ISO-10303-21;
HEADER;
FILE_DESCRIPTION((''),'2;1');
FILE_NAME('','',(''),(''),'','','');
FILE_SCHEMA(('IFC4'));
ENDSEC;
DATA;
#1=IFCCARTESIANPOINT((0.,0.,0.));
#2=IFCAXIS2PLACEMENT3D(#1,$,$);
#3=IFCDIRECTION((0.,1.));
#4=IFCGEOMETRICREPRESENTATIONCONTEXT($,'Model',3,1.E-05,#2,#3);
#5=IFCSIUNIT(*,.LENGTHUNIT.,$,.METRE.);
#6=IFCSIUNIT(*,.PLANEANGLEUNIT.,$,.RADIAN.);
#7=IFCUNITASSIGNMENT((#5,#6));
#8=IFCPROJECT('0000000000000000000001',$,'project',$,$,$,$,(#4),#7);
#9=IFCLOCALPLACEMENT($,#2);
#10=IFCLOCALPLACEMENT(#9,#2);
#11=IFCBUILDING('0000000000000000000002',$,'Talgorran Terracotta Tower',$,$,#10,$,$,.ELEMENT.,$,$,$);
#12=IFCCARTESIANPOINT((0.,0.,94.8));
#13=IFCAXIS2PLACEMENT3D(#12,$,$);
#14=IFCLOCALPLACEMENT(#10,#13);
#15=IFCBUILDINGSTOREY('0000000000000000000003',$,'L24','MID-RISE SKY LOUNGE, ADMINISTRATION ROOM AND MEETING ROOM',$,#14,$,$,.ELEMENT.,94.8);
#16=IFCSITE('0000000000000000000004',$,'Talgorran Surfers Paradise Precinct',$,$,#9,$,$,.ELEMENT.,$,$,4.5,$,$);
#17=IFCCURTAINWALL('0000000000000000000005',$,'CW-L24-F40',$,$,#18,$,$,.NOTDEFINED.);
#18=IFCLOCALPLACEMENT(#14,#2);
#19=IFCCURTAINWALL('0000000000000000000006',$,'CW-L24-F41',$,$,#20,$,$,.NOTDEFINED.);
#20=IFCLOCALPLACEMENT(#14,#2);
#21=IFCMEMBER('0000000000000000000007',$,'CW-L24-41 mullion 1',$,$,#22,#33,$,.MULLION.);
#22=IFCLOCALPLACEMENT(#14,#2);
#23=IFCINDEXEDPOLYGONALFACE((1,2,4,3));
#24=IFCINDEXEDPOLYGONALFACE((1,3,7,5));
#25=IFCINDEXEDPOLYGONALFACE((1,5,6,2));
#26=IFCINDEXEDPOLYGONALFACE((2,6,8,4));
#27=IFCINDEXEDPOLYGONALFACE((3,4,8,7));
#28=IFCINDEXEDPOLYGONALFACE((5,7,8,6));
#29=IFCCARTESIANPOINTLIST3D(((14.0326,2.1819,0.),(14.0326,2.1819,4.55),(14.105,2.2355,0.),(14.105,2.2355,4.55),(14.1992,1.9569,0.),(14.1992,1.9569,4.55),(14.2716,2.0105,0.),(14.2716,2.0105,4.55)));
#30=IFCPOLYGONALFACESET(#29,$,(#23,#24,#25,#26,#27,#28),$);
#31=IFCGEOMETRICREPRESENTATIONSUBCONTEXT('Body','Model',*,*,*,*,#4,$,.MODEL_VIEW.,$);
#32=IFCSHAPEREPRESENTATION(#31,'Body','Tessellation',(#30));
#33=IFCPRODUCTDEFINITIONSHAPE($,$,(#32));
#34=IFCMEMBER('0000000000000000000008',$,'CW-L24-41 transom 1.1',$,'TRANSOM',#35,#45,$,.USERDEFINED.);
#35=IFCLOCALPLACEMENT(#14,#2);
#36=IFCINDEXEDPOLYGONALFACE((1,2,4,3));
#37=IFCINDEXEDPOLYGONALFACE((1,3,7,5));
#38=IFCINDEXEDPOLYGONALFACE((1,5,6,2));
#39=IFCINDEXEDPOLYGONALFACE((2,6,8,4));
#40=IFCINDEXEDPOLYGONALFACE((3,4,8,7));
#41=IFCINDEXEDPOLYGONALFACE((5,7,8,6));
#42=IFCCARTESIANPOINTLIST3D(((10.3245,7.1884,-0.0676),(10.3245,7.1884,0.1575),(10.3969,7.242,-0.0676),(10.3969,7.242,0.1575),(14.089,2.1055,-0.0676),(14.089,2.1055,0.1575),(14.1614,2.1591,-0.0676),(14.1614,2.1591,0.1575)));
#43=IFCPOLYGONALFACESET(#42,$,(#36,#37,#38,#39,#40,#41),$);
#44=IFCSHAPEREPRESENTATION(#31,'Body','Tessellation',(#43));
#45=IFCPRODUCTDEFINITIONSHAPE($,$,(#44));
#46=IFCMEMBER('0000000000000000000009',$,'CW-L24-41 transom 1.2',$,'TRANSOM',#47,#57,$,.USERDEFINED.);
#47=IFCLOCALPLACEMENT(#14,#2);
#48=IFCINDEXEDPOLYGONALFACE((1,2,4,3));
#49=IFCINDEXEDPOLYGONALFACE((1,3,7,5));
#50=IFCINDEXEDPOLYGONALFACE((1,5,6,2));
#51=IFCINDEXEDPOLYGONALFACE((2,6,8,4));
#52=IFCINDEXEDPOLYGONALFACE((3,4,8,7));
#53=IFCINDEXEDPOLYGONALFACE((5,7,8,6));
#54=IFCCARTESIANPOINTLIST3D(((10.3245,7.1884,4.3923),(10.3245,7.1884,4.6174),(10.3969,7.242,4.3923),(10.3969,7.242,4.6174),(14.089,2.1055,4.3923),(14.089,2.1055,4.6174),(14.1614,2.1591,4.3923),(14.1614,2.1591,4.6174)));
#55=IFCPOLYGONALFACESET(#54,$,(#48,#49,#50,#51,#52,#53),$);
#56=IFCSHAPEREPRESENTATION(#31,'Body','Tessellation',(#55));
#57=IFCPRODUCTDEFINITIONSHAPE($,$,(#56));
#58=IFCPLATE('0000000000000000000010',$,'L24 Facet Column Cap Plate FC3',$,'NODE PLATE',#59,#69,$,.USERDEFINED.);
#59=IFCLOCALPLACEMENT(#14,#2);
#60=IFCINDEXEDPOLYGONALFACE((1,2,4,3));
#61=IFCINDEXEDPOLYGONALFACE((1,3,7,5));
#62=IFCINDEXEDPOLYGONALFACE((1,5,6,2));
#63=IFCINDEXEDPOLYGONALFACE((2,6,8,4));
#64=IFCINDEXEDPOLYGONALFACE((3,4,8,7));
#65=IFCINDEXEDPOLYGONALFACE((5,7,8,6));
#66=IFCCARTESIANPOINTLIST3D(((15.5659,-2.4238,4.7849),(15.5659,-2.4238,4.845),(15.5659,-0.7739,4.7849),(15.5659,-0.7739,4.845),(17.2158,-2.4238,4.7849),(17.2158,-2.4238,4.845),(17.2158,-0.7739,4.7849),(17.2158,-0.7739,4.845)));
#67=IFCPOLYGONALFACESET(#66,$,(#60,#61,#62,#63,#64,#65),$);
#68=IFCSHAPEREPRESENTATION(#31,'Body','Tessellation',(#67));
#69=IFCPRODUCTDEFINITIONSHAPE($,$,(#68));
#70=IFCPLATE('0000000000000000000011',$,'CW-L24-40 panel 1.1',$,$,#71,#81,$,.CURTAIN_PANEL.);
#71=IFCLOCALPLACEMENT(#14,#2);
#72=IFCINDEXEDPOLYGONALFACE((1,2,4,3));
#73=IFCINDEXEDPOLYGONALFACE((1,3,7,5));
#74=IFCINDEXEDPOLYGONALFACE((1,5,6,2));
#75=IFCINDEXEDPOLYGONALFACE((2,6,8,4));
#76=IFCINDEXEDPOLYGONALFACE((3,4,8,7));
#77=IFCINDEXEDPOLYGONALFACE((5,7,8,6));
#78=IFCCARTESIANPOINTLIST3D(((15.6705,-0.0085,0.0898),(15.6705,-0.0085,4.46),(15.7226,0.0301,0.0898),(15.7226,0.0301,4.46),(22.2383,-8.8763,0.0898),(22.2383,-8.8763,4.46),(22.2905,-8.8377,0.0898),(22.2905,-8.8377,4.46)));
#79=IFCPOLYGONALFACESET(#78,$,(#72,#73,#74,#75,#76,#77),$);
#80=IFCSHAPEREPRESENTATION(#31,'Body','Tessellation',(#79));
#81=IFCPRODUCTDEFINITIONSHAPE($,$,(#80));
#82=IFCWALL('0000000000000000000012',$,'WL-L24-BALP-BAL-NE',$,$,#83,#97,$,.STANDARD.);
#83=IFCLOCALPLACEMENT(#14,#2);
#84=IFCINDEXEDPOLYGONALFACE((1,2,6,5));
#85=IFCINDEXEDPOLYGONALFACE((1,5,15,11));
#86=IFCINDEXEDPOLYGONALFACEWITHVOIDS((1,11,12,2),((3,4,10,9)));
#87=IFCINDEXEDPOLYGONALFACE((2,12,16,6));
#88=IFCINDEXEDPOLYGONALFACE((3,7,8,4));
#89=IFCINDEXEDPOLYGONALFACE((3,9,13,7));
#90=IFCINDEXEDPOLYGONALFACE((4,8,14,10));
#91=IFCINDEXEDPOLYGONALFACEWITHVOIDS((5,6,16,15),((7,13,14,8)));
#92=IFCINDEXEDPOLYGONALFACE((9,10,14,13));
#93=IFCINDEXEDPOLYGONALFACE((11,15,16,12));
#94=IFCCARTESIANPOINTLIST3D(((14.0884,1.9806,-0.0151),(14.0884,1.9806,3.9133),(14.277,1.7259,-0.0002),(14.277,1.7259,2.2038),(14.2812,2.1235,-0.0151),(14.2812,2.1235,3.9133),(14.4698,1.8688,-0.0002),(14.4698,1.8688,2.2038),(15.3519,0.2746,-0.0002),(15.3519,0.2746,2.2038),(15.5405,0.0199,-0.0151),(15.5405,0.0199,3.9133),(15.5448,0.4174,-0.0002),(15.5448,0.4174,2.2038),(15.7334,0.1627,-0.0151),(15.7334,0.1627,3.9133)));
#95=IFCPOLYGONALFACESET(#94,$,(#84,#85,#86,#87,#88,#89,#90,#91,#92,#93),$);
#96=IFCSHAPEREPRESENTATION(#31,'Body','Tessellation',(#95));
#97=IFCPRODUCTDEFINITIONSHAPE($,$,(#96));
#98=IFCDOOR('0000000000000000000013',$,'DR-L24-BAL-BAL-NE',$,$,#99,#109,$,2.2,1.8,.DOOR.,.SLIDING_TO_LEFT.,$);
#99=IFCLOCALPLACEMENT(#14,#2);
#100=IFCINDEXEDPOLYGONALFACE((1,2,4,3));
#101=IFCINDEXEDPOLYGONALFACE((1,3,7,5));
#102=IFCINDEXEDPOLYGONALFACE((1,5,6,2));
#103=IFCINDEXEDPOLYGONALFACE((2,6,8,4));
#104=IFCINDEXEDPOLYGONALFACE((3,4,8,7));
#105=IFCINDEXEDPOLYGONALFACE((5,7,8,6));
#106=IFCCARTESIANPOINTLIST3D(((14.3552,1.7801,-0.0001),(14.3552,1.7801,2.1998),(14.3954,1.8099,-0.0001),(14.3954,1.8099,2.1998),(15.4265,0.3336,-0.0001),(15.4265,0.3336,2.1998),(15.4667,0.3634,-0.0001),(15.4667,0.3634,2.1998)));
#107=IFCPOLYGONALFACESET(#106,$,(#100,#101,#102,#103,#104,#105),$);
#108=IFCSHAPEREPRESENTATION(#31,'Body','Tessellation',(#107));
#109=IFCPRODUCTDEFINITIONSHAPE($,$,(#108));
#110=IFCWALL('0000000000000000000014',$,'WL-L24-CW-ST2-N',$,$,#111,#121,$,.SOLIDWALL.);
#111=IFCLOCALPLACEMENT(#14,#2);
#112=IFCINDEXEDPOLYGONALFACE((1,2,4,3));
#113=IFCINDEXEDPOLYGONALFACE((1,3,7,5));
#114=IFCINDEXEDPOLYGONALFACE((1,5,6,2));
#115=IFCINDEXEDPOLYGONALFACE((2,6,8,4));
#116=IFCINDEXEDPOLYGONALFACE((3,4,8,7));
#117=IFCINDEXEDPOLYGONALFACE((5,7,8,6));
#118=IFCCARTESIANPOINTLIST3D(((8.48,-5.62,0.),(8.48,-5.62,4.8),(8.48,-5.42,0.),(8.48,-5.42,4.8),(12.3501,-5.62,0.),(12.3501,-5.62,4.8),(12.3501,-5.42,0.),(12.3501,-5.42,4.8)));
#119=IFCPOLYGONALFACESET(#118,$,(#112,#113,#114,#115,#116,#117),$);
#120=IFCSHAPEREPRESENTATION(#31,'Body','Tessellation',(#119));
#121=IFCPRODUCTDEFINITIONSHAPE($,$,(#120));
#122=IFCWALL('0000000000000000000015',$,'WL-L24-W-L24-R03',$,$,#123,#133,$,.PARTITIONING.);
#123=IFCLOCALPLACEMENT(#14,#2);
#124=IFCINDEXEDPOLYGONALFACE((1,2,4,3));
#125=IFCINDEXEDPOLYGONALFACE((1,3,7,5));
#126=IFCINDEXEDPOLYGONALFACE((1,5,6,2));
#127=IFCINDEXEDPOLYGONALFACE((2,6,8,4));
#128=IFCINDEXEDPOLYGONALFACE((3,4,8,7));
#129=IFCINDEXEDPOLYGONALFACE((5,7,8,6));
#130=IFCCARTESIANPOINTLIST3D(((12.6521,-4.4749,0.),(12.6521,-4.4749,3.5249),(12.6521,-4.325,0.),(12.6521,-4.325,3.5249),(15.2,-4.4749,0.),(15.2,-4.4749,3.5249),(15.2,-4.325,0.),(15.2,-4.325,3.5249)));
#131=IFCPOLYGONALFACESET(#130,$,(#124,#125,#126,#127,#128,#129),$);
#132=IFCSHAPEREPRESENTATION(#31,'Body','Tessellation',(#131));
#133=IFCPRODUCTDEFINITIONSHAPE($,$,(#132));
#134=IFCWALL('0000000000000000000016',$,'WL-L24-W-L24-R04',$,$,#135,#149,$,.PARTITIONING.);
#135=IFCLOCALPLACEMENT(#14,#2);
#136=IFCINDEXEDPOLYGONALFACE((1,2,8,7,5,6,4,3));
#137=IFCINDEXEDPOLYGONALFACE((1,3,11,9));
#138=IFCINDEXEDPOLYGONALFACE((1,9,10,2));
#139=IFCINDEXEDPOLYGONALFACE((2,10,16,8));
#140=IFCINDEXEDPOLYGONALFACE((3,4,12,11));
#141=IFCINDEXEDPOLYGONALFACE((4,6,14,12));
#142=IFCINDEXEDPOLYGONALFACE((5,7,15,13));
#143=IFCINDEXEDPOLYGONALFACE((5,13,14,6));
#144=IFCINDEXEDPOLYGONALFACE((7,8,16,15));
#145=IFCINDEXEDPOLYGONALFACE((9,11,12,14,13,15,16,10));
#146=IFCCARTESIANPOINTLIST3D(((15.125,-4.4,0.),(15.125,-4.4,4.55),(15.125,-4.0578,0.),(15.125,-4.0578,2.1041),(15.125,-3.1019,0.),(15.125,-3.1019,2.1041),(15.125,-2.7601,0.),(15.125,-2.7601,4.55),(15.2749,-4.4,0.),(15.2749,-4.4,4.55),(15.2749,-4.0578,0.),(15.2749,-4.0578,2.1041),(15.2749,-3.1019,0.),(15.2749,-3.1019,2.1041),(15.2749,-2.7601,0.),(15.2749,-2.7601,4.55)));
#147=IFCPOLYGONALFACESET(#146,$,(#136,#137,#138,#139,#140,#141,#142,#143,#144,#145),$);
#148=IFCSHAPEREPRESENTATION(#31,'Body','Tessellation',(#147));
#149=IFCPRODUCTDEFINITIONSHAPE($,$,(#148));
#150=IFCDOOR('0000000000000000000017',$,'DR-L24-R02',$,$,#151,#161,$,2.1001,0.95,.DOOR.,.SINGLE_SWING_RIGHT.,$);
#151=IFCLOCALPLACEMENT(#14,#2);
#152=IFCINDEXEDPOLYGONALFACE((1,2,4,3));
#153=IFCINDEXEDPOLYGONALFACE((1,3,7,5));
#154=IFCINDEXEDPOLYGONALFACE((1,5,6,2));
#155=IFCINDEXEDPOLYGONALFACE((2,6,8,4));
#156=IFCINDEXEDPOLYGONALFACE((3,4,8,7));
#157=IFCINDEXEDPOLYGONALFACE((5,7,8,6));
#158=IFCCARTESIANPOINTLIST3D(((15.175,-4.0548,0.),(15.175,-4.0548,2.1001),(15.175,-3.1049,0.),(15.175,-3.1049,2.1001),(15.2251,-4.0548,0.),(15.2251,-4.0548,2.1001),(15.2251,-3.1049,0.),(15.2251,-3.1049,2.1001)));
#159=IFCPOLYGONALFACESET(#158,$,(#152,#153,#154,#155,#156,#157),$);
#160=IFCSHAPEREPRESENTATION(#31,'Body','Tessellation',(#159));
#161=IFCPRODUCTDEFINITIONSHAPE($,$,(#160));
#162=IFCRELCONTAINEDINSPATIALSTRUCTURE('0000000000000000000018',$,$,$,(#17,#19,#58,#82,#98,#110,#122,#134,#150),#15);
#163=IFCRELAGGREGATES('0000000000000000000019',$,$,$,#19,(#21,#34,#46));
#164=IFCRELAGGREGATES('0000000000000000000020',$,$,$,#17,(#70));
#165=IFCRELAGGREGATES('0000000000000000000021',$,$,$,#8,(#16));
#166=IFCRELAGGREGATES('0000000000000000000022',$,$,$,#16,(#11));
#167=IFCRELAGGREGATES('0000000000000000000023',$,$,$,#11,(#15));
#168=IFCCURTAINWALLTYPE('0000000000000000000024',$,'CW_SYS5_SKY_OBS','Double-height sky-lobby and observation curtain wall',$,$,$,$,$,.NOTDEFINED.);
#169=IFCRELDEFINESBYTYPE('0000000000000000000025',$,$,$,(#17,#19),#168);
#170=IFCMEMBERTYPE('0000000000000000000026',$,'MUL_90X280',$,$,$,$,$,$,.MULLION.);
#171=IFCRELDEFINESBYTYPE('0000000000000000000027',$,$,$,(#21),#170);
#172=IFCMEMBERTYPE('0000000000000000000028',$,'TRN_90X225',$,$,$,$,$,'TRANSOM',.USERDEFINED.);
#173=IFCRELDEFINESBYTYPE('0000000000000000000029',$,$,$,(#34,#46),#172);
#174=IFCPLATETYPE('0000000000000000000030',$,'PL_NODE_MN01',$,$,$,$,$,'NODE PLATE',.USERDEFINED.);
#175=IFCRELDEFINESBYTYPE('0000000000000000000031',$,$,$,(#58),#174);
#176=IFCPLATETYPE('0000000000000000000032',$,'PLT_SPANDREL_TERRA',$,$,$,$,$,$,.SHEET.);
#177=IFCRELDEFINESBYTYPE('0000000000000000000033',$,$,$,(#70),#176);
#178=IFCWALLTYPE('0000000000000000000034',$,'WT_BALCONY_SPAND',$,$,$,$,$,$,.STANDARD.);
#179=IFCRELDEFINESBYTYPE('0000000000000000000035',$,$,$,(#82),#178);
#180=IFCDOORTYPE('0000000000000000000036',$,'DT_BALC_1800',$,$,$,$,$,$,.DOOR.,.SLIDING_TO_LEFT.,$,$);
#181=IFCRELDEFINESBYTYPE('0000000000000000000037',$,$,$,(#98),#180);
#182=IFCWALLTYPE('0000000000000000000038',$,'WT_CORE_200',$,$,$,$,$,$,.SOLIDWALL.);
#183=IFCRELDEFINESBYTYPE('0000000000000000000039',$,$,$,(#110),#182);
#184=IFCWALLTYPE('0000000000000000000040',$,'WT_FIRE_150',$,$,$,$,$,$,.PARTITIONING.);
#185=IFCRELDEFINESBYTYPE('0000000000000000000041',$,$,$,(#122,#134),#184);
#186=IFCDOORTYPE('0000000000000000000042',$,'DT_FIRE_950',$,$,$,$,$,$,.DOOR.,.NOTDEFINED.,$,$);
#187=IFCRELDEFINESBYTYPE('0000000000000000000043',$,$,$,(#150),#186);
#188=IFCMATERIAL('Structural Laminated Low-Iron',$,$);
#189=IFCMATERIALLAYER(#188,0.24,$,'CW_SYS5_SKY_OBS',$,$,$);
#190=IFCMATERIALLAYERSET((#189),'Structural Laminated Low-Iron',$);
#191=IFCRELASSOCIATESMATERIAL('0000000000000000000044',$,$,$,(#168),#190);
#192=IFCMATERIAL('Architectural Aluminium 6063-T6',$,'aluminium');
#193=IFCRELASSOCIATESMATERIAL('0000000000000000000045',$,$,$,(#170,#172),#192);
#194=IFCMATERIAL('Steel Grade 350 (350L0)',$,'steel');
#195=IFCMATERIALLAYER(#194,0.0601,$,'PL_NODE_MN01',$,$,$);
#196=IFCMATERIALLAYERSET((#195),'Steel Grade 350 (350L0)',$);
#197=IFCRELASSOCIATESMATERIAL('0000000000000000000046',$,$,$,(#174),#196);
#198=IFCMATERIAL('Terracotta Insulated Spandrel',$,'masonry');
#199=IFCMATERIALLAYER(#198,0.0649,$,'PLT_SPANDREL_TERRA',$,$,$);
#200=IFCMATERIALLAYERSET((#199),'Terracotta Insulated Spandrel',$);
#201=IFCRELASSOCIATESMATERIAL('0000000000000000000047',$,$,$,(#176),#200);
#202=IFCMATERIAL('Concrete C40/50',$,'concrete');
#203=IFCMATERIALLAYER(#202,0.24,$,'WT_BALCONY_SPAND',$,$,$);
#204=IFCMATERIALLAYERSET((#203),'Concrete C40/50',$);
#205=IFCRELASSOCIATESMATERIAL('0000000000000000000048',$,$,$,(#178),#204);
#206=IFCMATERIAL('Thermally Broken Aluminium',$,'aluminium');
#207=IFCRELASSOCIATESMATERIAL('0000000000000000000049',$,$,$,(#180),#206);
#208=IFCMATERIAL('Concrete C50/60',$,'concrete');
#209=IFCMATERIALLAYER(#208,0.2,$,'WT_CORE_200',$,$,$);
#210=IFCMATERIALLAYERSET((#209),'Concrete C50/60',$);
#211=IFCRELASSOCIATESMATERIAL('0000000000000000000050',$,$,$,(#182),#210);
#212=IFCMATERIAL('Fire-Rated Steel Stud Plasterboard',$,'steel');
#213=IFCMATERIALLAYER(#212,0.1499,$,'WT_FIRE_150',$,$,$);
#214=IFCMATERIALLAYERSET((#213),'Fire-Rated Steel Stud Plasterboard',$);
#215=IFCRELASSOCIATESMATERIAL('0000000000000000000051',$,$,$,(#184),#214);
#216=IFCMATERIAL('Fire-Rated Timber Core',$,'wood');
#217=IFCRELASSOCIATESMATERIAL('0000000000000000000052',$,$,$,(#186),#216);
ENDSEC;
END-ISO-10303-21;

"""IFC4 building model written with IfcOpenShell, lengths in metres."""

from ifc_helpers import new_model, si_unit, direction, frame, frame_2d, origin, origin_2d, place, context, subcontext, project, spatial, rectangle, extrude, source, transform, mapped, material, layer, layer_set, material_profile, profile_set, type_object, type_shapes, element, fill, aggregate, save


model = new_model("IFC4")

# Units and contexts
model_context = context("Model", 3, precision=1e-05, world=origin(), true_north=direction((0.0, 1.0)))
body_context = subcontext(model_context, "Body", "Model", "MODEL_VIEW")
ifc_project = project(units=[si_unit("LENGTHUNIT", "METRE"), si_unit("PLANEANGLEUNIT", "RADIAN")], contexts=[model_context])

# Site, building, storey
site_placement = place(None, origin())
site = spatial("IfcSite", under=ifc_project, at=site_placement, Name="Talgorran Surfers Paradise Precinct", CompositionType="ELEMENT", RefElevation=4.5)
building_placement = place(site_placement, origin())
building = spatial("IfcBuilding", under=site, at=building_placement, Name="Talgorran Terracotta Tower", CompositionType="ELEMENT")
storey_placement = place(building_placement, frame((0.0, 0.0, 94.8)))
storey = spatial("IfcBuildingStorey", under=building, at=storey_placement, Name="L24", Description="MID-RISE SKY LOUNGE, ADMINISTRATION ROOM AND MEETING ROOM", CompositionType="ELEMENT", Elevation=94.8)

# Shared definitions
ifc_material_1 = material(Name="Steel Grade 350 (350L0)", Category="steel")

# Curtain wall
ifc_material_2 = material(Name="Structural Laminated Low-Iron")
ifc_layer_1 = layer(ifc_material_2, 0.24, Name="CW_SYS5_SKY_OBS")
ifc_layer_set_1 = layer_set([ifc_layer_1], Name="Structural Laminated Low-Iron")
curtain_wall_type = type_object("IfcCurtainWallType", Name="CW_SYS5_SKY_OBS", Description="Double-height sky-lobby and observation curtain wall", PredefinedType="NOTDEFINED", material=ifc_layer_set_1)
curtain_wall_1_placement = place(storey_placement, origin())
curtain_wall_1 = element("IfcCurtainWall", 1, at=curtain_wall_1_placement, inside=storey, type_object=curtain_wall_type, Name="CW-L24-F40", PredefinedType="NOTDEFINED")
ifc_material_3 = material(Name="Architectural Aluminium 6063-T6", Category="aluminium")
ifc_material_profile_1 = material_profile(ifc_material_3, rectangle(XDim=0.0901, YDim=0.28, at=origin_2d()), Name="CWM90X280")
ifc_profile_set_1 = profile_set([ifc_material_profile_1], Name="Architectural Aluminium 6063-T6")
member_type_1 = type_object("IfcMemberType", Name="MUL_90X280", PredefinedType="MULLION", material=ifc_profile_set_1)

# Curtain wall, members
curtain_wall_2_placement = place(storey_placement, origin())
curtain_wall_2 = element("IfcCurtainWall", 2, at=curtain_wall_2_placement, inside=storey, type_object=curtain_wall_type, Name="CW-L24-F41", PredefinedType="NOTDEFINED")
member_1_placement = place(storey_placement, frame((14.1521, 2.0962, 0.0), z_axis=(0.0, 0.0, 1.0), x_axis=(-0.803597, -0.595174, 0.0)))
member_1 = element("IfcMember", 3, at=member_1_placement, type_object=member_type_1, Name="CW-L24-41 mullion 1", PredefinedType="MULLION", context=body_context, shape_type="SweptSolid", body=[
    extrude(rectangle(XDim=0.0901, YDim=0.28, at=origin_2d()), origin(), (0.0, 0.0, 1.0), 4.55),
])
ifc_material_profile_2 = material_profile(ifc_material_3, rectangle(XDim=0.0901, YDim=0.2251, at=origin_2d()), Name="CWT90X225")
ifc_profile_set_2 = profile_set([ifc_material_profile_2], Name="Architectural Aluminium 6063-T6")
member_type_2 = type_object("IfcMemberType", Name="TRN_90X225", ElementType="TRANSOM", PredefinedType="USERDEFINED", material=ifc_profile_set_2)
member_2_placement = place(storey_placement, frame((14.1252, 2.1323, 0.0449), z_axis=(-0.595172, 0.803598, 0.0), x_axis=(-0.803598, -0.595172, 0.0)))
member_2 = element("IfcMember", 4, at=member_2_placement, type_object=member_type_2, Name="CW-L24-41 transom 1.1", ObjectType="TRANSOM", PredefinedType="USERDEFINED", context=body_context, shape_type="SweptSolid", body=[
    extrude(rectangle(XDim=0.0901, YDim=0.2251, at=origin_2d()), origin(), (0.0, 0.0, 1.0), 6.3252),
])
member_3_placement = place(storey_placement, frame((14.1252, 2.1323, 4.5049), z_axis=(-0.595172, 0.803598, 0.0), x_axis=(-0.803598, -0.595172, 0.0)))
member_3 = element("IfcMember", 5, at=member_3_placement, type_object=member_type_2, Name="CW-L24-41 transom 1.2", ObjectType="TRANSOM", PredefinedType="USERDEFINED", context=body_context, shape_type="SweptSolid", body=[
    extrude(rectangle(XDim=0.0901, YDim=0.2251, at=origin_2d()), origin(), (0.0, 0.0, 1.0), 6.3252),
])
aggregate(curtain_wall_2, [member_1, member_2, member_3])

# Plates
ifc_layer_2 = layer(ifc_material_1, 0.0601, Name="PL_NODE_MN01")
ifc_layer_set_2 = layer_set([ifc_layer_2], Name="Steel Grade 350 (350L0)")
plate_type_1 = type_object("IfcPlateType", Name="PL_NODE_MN01", ElementType="NODE PLATE", PredefinedType="USERDEFINED", material=ifc_layer_set_2)
plate_1_placement = place(storey_placement, frame((16.3909, -1.5989, 4.7849), z_axis=(0.0, 0.0, 1.0), x_axis=(1.0, 0.0, 0.0)))
element("IfcPlate", 6, at=plate_1_placement, inside=storey, type_object=plate_type_1, Name="L24 Facet Column Cap Plate FC3", ObjectType="NODE PLATE", PredefinedType="USERDEFINED", context=body_context, shape_type="SweptSolid", body=[
    extrude(rectangle(XDim=1.6499, YDim=1.6499, at=origin_2d()), origin(), (0.0, 0.0, 1.0), 0.0601),
])
ifc_material_4 = material(Name="Terracotta Insulated Spandrel", Category="masonry")
ifc_layer_3 = layer(ifc_material_4, 0.0649, Name="PLT_SPANDREL_TERRA")
ifc_layer_set_3 = layer_set([ifc_layer_3], Name="Terracotta Insulated Spandrel")
plate_type_2 = type_object("IfcPlateType", Name="PLT_SPANDREL_TERRA", PredefinedType="SHEET", material=ifc_layer_set_3)
shared_shape = source(origin(), body_context, "Body", "SweptSolid", [
    extrude(rectangle(XDim=11.0352, YDim=0.0649, at=origin_2d()), origin(), (0.0, 0.0, 1.0), 4.3701),
])
type_shapes(plate_type_2, [shared_shape])
plate_2_placement = place(storey_placement, frame((18.9805, -4.4231, 0.0898), z_axis=(0.0, 0.0, 1.0), x_axis=(-0.595174, 0.803597, 0.0)))
plate_2 = element("IfcPlate", 7, at=plate_2_placement, type_object=plate_type_2, Name="CW-L24-40 panel 1.1", PredefinedType="CURTAIN_PANEL", context=body_context, shape_type="MappedRepresentation", body=[
    mapped(shared_shape, transform((0.0, 0.0, 0.0), scale=1.0)),
])
aggregate(curtain_wall_1, [plate_2])

# Wall, opening, door
ifc_material_5 = material(Name="Concrete C40/50", Category="concrete")
ifc_layer_4 = layer(ifc_material_5, 0.24, Name="WT_BALCONY_SPAND")
ifc_layer_set_4 = layer_set([ifc_layer_4], Name="Concrete C40/50")
wall_type_1 = type_object("IfcWallType", Name="WT_BALCONY_SPAND", PredefinedType="STANDARD", material=ifc_layer_set_4)
wall_1_placement = place(storey_placement, frame((15.637, 0.0913, -0.0151), z_axis=(0.0, 0.0, 1.0), x_axis=(-0.59517, 0.8036, 0.0)))
wall_1 = element("IfcWall", 8, at=wall_1_placement, inside=storey, type_object=wall_type_1, Name="WL-L24-BALP-BAL-NE", PredefinedType="STANDARD", context=body_context, shape_type="SweptSolid", body=[
    extrude(rectangle(XDim=2.4399, YDim=0.24, at=frame_2d((1.22, 0.0))), origin(), (0.0, 0.0, 1.0), 3.9285),
])
opening_1_placement = place(wall_1_placement, frame((0.3201, 0.0, 0.0149)))
opening_1 = element("IfcOpeningElement", 9, at=opening_1_placement, cuts=wall_1, PredefinedType="OPENING", context=body_context, shape_type="SweptSolid", body=[
    extrude(rectangle(XDim=1.806, YDim=2.204, at=frame_2d((0.8999, 1.1021))), frame((0.0, 0.1299, 0.0), z_axis=(0.0, -1.0, 0.0), x_axis=(1.0, 0.0, 0.0)), (0.0, 0.0, 1.0), 0.26),
])
ifc_material_6 = material(Name="Thermally Broken Aluminium", Category="aluminium")
door_type_1 = type_object("IfcDoorType", Name="DT_BALC_1800", OperationType="SLIDING_TO_LEFT", PredefinedType="DOOR", material=ifc_material_6)
door_1_placement = place(opening_1_placement, origin())
door_1 = element("IfcDoor", 10, at=door_1_placement, inside=storey, type_object=door_type_1, Name="DR-L24-BAL-BAL-NE", OperationType="SLIDING_TO_LEFT", OverallHeight=2.2, OverallWidth=1.8, PredefinedType="DOOR", context=body_context, shape_type="SweptSolid", body=[
    extrude(rectangle(XDim=1.8, YDim=2.2, at=frame_2d((0.8999, 1.1001))), frame((0.0, 0.0249, 0.0), z_axis=(0.0, -1.0, 0.0), x_axis=(1.0, 0.0, 0.0)), (0.0, 0.0, 1.0), 0.05),
])
fill(opening_1, door_1)

# Walls
ifc_material_7 = material(Name="Concrete C50/60", Category="concrete")
ifc_layer_5 = layer(ifc_material_7, 0.2, Name="WT_CORE_200")
ifc_layer_set_5 = layer_set([ifc_layer_5], Name="Concrete C50/60")
wall_type_2 = type_object("IfcWallType", Name="WT_CORE_200", PredefinedType="SOLIDWALL", material=ifc_layer_set_5)
wall_2_placement = place(storey_placement, frame((8.48, -5.52, 0.0), z_axis=(0.0, 0.0, 1.0), x_axis=(1.0, 0.0, 0.0)))
element("IfcWall", 11, at=wall_2_placement, inside=storey, type_object=wall_type_2, Name="WL-L24-CW-ST2-N", PredefinedType="SOLIDWALL", context=body_context, shape_type="SweptSolid", body=[
    extrude(rectangle(XDim=3.8701, YDim=0.2, at=frame_2d((1.9351, 0.0))), origin(), (0.0, 0.0, 1.0), 4.8),
])
ifc_material_8 = material(Name="Fire-Rated Steel Stud Plasterboard", Category="steel")
ifc_layer_6 = layer(ifc_material_8, 0.1499, Name="WT_FIRE_150")
ifc_layer_set_6 = layer_set([ifc_layer_6], Name="Fire-Rated Steel Stud Plasterboard")
wall_type_3 = type_object("IfcWallType", Name="WT_FIRE_150", PredefinedType="PARTITIONING", material=ifc_layer_set_6)
wall_3_placement = place(storey_placement, frame((12.6521, -4.3999, 0.0), z_axis=(0.0, 0.0, 1.0), x_axis=(1.0, 0.0, 0.0)))
element("IfcWall", 12, at=wall_3_placement, inside=storey, type_object=wall_type_3, Name="WL-L24-W-L24-R03", PredefinedType="PARTITIONING", context=body_context, shape_type="SweptSolid", body=[
    extrude(rectangle(XDim=2.5479, YDim=0.1499, at=frame_2d((1.2739, 0.0))), origin(), (0.0, 0.0, 1.0), 3.5249),
])

# Wall, opening, door
wall_4_placement = place(storey_placement, frame((15.2, -4.3999, 0.0), z_axis=(0.0, 0.0, 1.0), x_axis=(0.0, 1.0, 0.0)))
wall_4 = element("IfcWall", 13, at=wall_4_placement, inside=storey, type_object=wall_type_3, Name="WL-L24-W-L24-R04", PredefinedType="PARTITIONING", context=body_context, shape_type="SweptSolid", body=[
    extrude(rectangle(XDim=1.6399, YDim=0.1499, at=frame_2d((0.8198, 0.0))), origin(), (0.0, 0.0, 1.0), 4.55),
])
opening_2_placement = place(wall_4_placement, frame((0.345, 0.0, 0.0)))
opening_2 = element("IfcOpeningElement", 14, at=opening_2_placement, cuts=wall_4, PredefinedType="OPENING", context=body_context, shape_type="SweptSolid", body=[
    extrude(rectangle(XDim=0.956, YDim=2.1041, at=frame_2d((0.4751, 1.052))), frame((0.0, 0.085, 0.0), z_axis=(0.0, -1.0, 0.0), x_axis=(1.0, 0.0, 0.0)), (0.0, 0.0, 1.0), 0.1699),
])
ifc_material_9 = material(Name="Fire-Rated Timber Core", Category="wood")
door_type_2 = type_object("IfcDoorType", Name="DT_FIRE_950", OperationType="NOTDEFINED", PredefinedType="DOOR", material=ifc_material_9)
door_2_placement = place(opening_2_placement, origin())
door_2 = element("IfcDoor", 15, at=door_2_placement, inside=storey, type_object=door_type_2, Name="DR-L24-R02", OperationType="SINGLE_SWING_RIGHT", OverallHeight=2.1001, OverallWidth=0.95, PredefinedType="DOOR", context=body_context, shape_type="SweptSolid", body=[
    extrude(rectangle(XDim=0.95, YDim=2.1001, at=frame_2d((0.4751, 1.05))), frame((0.0, 0.0249, 0.0), z_axis=(0.0, -1.0, 0.0), x_axis=(1.0, 0.0, 0.0)), (0.0, 0.0, 1.0), 0.05),
])
fill(opening_2, door_2)

save(model, "model.ifc")
